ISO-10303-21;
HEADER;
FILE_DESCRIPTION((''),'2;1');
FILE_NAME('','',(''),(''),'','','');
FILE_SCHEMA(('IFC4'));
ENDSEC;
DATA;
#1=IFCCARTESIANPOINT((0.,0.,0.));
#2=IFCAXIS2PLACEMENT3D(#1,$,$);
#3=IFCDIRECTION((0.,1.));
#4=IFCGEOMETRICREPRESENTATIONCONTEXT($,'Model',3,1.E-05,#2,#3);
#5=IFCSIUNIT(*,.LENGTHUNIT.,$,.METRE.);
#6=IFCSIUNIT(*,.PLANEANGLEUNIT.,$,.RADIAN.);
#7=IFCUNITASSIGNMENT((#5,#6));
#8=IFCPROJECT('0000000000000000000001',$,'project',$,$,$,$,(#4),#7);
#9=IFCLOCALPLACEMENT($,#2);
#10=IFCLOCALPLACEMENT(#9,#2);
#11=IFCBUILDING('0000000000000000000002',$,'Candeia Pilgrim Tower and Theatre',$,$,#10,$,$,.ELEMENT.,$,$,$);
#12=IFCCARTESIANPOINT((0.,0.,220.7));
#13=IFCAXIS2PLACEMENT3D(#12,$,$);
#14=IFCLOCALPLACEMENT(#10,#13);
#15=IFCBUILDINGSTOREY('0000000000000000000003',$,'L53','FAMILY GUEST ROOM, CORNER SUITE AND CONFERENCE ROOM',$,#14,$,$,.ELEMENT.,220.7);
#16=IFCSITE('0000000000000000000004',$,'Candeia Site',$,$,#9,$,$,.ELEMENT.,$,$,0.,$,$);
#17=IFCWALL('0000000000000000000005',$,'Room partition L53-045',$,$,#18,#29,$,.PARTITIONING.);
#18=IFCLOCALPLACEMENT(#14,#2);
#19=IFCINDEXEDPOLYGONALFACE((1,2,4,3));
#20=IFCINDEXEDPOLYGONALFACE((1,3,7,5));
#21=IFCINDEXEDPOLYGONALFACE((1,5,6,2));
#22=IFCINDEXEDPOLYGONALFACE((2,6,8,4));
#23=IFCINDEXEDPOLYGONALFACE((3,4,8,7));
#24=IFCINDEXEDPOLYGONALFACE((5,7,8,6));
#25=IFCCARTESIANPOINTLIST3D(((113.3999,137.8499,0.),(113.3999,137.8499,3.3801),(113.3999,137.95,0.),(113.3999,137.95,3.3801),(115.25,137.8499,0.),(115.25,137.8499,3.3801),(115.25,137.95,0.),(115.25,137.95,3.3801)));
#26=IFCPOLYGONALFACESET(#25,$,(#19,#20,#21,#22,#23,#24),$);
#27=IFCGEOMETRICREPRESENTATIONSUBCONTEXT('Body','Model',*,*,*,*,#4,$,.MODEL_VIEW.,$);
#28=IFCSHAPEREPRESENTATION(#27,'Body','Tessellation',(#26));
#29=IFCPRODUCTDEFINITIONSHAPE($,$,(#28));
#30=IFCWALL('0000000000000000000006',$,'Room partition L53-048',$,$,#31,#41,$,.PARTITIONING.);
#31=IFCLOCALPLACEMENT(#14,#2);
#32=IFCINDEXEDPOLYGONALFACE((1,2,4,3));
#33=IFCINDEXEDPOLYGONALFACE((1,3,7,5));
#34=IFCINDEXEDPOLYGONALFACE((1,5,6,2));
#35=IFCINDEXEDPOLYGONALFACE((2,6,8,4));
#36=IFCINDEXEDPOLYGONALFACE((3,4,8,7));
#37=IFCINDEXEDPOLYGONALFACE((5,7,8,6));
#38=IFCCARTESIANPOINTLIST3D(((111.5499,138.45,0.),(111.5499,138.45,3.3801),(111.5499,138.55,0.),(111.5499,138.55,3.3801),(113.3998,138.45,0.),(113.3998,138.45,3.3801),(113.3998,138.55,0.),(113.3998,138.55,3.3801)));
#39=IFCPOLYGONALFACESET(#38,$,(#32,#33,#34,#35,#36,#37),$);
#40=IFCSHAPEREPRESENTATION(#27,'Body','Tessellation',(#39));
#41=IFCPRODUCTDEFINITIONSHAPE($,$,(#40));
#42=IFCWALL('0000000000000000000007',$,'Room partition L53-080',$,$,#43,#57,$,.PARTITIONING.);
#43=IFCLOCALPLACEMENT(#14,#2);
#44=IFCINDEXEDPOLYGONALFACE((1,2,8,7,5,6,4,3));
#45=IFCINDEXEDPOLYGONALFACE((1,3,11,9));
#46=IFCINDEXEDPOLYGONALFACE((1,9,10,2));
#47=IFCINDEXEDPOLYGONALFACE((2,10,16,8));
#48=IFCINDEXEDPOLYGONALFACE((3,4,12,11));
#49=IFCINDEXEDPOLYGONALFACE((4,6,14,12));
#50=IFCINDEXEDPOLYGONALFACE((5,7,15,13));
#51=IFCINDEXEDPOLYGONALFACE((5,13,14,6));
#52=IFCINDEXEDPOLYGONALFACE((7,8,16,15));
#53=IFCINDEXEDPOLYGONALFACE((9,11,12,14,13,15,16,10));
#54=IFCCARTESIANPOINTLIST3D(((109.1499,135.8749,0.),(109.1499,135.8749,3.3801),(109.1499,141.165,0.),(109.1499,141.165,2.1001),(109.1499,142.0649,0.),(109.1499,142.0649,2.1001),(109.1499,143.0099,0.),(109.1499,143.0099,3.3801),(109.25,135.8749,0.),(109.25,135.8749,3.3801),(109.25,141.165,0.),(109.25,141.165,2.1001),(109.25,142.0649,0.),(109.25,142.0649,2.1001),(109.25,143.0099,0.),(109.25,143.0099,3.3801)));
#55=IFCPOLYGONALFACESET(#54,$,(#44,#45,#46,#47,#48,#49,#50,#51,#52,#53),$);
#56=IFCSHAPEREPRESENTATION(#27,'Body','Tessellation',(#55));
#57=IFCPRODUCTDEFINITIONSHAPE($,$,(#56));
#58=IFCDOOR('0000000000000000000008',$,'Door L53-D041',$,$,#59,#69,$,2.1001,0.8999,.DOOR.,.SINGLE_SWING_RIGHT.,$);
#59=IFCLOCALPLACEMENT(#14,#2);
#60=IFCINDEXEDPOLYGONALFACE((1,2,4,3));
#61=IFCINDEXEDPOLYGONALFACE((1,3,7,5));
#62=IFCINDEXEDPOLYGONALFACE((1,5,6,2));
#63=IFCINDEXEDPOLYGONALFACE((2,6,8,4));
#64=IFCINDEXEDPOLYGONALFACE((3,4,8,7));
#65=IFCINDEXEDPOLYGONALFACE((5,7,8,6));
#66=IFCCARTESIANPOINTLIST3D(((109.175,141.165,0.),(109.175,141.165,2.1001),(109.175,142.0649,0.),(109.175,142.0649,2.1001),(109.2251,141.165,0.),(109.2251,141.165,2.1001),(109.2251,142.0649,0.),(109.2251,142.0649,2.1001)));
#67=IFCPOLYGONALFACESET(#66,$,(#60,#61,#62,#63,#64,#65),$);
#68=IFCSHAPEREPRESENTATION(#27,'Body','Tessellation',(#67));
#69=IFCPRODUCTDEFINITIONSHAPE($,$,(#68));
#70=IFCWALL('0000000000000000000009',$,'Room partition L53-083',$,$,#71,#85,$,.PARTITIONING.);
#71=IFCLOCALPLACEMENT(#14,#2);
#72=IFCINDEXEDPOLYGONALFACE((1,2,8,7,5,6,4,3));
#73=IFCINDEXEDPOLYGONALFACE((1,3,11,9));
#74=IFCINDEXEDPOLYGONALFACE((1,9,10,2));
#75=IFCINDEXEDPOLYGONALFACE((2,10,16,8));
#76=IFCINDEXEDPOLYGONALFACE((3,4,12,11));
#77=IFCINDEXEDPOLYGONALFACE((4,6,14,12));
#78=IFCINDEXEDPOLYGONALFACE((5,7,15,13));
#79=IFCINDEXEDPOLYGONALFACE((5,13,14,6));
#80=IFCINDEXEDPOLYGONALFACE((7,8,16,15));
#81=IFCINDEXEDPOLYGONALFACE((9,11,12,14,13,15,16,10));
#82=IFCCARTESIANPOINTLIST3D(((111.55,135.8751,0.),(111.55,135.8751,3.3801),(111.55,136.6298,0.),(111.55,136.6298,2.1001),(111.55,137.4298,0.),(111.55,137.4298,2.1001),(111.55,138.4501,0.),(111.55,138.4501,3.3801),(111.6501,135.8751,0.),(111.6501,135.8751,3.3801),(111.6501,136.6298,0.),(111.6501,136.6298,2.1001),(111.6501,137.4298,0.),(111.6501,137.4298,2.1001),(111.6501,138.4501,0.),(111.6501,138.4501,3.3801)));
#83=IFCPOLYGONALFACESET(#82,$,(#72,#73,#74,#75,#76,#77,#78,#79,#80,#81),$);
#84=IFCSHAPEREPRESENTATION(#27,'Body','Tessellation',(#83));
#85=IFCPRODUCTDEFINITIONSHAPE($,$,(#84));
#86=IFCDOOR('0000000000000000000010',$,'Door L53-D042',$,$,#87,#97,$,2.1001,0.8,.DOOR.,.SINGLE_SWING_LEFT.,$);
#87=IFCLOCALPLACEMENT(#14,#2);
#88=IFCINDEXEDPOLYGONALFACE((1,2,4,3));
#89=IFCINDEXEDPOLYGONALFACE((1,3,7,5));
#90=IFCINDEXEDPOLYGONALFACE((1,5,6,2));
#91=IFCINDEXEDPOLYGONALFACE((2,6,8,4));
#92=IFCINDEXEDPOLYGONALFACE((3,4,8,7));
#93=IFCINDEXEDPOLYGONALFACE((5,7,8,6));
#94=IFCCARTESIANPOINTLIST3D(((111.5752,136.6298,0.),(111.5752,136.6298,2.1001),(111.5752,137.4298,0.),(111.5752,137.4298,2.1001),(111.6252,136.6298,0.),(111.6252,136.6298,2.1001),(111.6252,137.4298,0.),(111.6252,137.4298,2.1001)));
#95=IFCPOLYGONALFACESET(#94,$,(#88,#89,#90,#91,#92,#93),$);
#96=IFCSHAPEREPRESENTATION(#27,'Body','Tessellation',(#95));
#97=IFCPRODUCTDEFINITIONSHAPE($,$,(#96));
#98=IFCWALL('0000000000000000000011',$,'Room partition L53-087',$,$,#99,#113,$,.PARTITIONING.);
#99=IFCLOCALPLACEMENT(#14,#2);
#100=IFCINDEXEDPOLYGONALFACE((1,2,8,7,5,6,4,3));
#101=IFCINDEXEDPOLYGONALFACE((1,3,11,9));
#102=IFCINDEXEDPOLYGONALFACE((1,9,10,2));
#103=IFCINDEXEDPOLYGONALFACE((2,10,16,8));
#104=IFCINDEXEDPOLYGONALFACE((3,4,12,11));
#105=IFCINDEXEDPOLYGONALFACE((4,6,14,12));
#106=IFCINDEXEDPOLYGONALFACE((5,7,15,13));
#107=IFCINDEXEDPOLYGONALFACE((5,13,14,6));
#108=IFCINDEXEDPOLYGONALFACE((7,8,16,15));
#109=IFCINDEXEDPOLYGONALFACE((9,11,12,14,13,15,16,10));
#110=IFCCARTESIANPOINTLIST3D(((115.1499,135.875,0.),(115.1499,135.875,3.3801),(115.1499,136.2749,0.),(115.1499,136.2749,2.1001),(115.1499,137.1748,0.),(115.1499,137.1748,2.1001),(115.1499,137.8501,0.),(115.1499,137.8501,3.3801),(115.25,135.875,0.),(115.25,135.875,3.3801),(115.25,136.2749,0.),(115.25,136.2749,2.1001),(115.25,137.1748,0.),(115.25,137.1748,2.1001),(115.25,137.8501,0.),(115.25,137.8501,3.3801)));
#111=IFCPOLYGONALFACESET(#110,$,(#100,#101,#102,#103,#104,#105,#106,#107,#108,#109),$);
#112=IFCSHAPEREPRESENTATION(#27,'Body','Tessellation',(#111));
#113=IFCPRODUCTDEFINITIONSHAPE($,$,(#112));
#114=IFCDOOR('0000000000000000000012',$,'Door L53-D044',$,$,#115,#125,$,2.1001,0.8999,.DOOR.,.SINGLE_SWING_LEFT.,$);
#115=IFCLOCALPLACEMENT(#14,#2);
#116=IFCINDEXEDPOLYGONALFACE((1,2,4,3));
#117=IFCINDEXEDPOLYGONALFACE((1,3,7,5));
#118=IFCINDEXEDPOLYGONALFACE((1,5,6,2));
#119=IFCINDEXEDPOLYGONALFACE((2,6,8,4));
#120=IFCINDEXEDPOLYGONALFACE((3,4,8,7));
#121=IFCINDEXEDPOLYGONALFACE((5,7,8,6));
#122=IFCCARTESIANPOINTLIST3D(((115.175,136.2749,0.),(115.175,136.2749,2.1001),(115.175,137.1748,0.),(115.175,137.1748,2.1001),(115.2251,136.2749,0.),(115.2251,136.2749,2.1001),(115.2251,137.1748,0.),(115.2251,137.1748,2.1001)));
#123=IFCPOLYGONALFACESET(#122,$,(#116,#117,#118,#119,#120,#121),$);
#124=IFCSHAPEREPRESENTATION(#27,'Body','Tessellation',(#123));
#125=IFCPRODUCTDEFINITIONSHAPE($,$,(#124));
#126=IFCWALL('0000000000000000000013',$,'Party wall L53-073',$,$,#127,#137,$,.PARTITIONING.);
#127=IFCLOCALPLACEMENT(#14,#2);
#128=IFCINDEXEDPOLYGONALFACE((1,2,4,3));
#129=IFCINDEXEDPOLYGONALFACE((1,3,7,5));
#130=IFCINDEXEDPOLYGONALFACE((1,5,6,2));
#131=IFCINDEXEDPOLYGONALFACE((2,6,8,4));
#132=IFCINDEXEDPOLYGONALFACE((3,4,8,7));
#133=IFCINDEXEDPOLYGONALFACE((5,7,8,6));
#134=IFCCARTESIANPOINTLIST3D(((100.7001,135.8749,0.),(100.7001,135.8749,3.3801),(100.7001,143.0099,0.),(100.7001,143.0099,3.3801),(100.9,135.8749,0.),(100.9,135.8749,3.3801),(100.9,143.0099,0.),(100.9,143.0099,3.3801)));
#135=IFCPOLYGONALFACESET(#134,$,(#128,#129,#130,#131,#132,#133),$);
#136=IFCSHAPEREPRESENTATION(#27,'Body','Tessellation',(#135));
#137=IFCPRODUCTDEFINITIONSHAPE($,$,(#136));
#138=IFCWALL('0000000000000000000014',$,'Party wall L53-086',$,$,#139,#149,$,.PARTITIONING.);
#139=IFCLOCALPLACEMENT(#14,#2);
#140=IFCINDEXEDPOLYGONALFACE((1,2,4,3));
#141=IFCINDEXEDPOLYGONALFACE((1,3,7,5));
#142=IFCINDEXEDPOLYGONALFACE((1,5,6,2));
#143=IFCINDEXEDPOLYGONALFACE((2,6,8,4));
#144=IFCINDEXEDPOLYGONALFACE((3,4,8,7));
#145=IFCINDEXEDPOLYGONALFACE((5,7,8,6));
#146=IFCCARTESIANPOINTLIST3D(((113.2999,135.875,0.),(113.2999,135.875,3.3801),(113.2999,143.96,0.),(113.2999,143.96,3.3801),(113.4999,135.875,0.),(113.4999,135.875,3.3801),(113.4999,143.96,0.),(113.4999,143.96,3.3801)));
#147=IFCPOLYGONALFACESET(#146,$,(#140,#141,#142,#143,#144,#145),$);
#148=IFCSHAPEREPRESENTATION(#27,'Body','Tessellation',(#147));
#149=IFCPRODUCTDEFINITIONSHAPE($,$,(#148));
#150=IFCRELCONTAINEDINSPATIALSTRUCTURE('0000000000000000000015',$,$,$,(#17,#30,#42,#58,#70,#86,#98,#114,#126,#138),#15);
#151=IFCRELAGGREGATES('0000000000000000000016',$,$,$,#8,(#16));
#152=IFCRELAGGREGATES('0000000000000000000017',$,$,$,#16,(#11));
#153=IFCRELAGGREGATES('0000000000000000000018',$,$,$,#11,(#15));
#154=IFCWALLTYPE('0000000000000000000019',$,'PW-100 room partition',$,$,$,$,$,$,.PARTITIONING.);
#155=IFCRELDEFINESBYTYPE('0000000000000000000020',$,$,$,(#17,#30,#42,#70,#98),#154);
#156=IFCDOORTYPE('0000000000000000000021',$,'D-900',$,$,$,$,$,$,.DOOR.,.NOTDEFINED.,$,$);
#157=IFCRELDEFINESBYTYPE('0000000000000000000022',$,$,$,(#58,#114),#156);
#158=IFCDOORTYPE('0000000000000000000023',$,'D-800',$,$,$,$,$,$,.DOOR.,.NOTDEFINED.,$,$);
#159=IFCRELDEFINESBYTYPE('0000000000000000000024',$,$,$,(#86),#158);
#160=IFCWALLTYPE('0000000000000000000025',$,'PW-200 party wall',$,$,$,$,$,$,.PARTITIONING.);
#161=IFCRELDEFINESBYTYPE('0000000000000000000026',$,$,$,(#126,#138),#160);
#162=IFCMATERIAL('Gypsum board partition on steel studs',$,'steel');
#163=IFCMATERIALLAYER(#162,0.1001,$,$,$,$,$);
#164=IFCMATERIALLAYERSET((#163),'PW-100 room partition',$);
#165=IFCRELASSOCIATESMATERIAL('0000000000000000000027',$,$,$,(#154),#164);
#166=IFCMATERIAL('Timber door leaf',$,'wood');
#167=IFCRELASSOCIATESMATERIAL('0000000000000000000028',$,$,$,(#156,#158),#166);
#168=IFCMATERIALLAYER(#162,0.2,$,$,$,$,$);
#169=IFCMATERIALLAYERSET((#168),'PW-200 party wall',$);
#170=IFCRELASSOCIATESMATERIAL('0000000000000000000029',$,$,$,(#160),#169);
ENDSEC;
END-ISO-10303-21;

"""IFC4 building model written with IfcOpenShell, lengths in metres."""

from ifc_helpers import new_model, si_unit, direction, frame, frame_2d, origin, place, context, subcontext, project, spatial, rectangle, extrude, material, layer, layer_set, type_object, element, fill, save


model = new_model("IFC4")

# Units and contexts
model_context = context("Model", 3, precision=1e-05, world=origin(), true_north=direction((0.0, 1.0)))
body_context = subcontext(model_context, "Body", "Model", "MODEL_VIEW")
ifc_project = project(units=[si_unit("LENGTHUNIT", "METRE"), si_unit("PLANEANGLEUNIT", "RADIAN")], contexts=[model_context])

# Site, building, storey
site_placement = place(None, origin())
site = spatial("IfcSite", under=ifc_project, at=site_placement, Name="Candeia Site", CompositionType="ELEMENT", RefElevation=0.0)
building_placement = place(site_placement, origin())
building = spatial("IfcBuilding", under=site, at=building_placement, Name="Candeia Pilgrim Tower and Theatre", CompositionType="ELEMENT")
storey_placement = place(building_placement, frame((0.0, 0.0, 220.7)))
storey = spatial("IfcBuildingStorey", under=building, at=storey_placement, Name="L53", Description="FAMILY GUEST ROOM, CORNER SUITE AND CONFERENCE ROOM", CompositionType="ELEMENT", Elevation=220.7)

# Walls
ifc_material_1 = material(Name="Gypsum board partition on steel studs", Category="steel")
ifc_layer_1 = layer(ifc_material_1, 0.1001)
ifc_layer_set_1 = layer_set([ifc_layer_1], Name="PW-100 room partition")
wall_type_1 = type_object("IfcWallType", Name="PW-100 room partition", PredefinedType="PARTITIONING", material=ifc_layer_set_1)
wall_1_placement = place(storey_placement, frame((113.3999, 137.8999, 0.0), z_axis=(0.0, 0.0, 1.0), x_axis=(1.0, 0.0, 0.0)))
element("IfcWall", 1, at=wall_1_placement, inside=storey, type_object=wall_type_1, Name="Room partition L53-045", PredefinedType="PARTITIONING", context=body_context, shape_type="SweptSolid", body=[
    extrude(rectangle(XDim=1.8501, YDim=0.1001, at=frame_2d((0.925, 0.0))), origin(), (0.0, 0.0, 1.0), 3.3801),
])
wall_2_placement = place(storey_placement, frame((111.55, 138.5, 0.0), z_axis=(0.0, 0.0, 1.0), x_axis=(1.0, 0.0, 0.0)))
element("IfcWall", 2, at=wall_2_placement, inside=storey, type_object=wall_type_1, Name="Room partition L53-048", PredefinedType="PARTITIONING", context=body_context, shape_type="SweptSolid", body=[
    extrude(rectangle(XDim=1.8499, YDim=0.1001, at=frame_2d((0.9248, 0.0))), origin(), (0.0, 0.0, 1.0), 3.3801),
])

# Walls, openings, doors
wall_3_placement = place(storey_placement, frame((109.2, 135.875, 0.0), z_axis=(0.0, 0.0, 1.0), x_axis=(0.0, 1.0, 0.0)))
wall_3 = element("IfcWall", 3, at=wall_3_placement, inside=storey, type_object=wall_type_1, Name="Room partition L53-080", PredefinedType="PARTITIONING", context=body_context, shape_type="SweptSolid", body=[
    extrude(rectangle(XDim=7.135, YDim=0.1001, at=frame_2d((3.5674, 0.0))), origin(), (0.0, 0.0, 1.0), 3.3801),
])
opening_1_placement = place(wall_3_placement, frame((5.29, 0.0, 0.0)))
opening_1 = element("IfcOpeningElement", 4, at=opening_1_placement, cuts=wall_3, PredefinedType="OPENING", context=body_context, shape_type="SweptSolid", body=[
    extrude(rectangle(XDim=0.8999, YDim=2.1001, at=frame_2d((0.45, 1.05))), frame((0.0, 0.0601, 0.0), z_axis=(0.0, -1.0, 0.0), x_axis=(1.0, 0.0, 0.0)), (0.0, 0.0, 1.0), 0.1201),
])
ifc_material_2 = material(Name="Timber door leaf", Category="wood")
door_type_1 = type_object("IfcDoorType", Name="D-900", OperationType="NOTDEFINED", PredefinedType="DOOR", material=ifc_material_2)
door_1_placement = place(opening_1_placement, origin())
door_1 = element("IfcDoor", 5, at=door_1_placement, inside=storey, type_object=door_type_1, Name="Door L53-D041", OperationType="SINGLE_SWING_RIGHT", OverallHeight=2.1001, OverallWidth=0.8999, PredefinedType="DOOR", context=body_context, shape_type="SweptSolid", body=[
    extrude(rectangle(XDim=0.8999, YDim=2.1001, at=frame_2d((0.45, 1.05))), frame((0.0, 0.0249, 0.0), z_axis=(0.0, -1.0, 0.0), x_axis=(1.0, 0.0, 0.0)), (0.0, 0.0, 1.0), 0.05),
])
fill(opening_1, door_1)
wall_4_placement = place(storey_placement, frame((111.6001, 135.875, 0.0), z_axis=(0.0, 0.0, 1.0), x_axis=(0.0, 1.0, 0.0)))
wall_4 = element("IfcWall", 6, at=wall_4_placement, inside=storey, type_object=wall_type_1, Name="Room partition L53-083", PredefinedType="PARTITIONING", context=body_context, shape_type="SweptSolid", body=[
    extrude(rectangle(XDim=2.575, YDim=0.1001, at=frame_2d((1.2876, 0.0))), origin(), (0.0, 0.0, 1.0), 3.3801),
])
opening_2_placement = place(wall_4_placement, frame((0.7549, 0.0, 0.0)))
opening_2 = element("IfcOpeningElement", 7, at=opening_2_placement, cuts=wall_4, PredefinedType="OPENING", context=body_context, shape_type="SweptSolid", body=[
    extrude(rectangle(XDim=0.8, YDim=2.1001, at=frame_2d((0.3999, 1.05))), frame((0.0, 0.0601, 0.0), z_axis=(0.0, -1.0, 0.0), x_axis=(1.0, 0.0, 0.0)), (0.0, 0.0, 1.0), 0.1201),
])
door_type_2 = type_object("IfcDoorType", Name="D-800", OperationType="NOTDEFINED", PredefinedType="DOOR", material=ifc_material_2)
door_2_placement = place(opening_2_placement, origin())
door_2 = element("IfcDoor", 8, at=door_2_placement, inside=storey, type_object=door_type_2, Name="Door L53-D042", OperationType="SINGLE_SWING_LEFT", OverallHeight=2.1001, OverallWidth=0.8, PredefinedType="DOOR", context=body_context, shape_type="SweptSolid", body=[
    extrude(rectangle(XDim=0.8, YDim=2.1001, at=frame_2d((0.3999, 1.05))), frame((0.0, 0.0249, 0.0), z_axis=(0.0, -1.0, 0.0), x_axis=(1.0, 0.0, 0.0)), (0.0, 0.0, 1.0), 0.05),
])
fill(opening_2, door_2)
wall_5_placement = place(storey_placement, frame((115.2, 135.875, 0.0), z_axis=(0.0, 0.0, 1.0), x_axis=(0.0, 1.0, 0.0)))
wall_5 = element("IfcWall", 9, at=wall_5_placement, inside=storey, type_object=wall_type_1, Name="Room partition L53-087", PredefinedType="PARTITIONING", context=body_context, shape_type="SweptSolid", body=[
    extrude(rectangle(XDim=1.9751, YDim=0.1001, at=frame_2d((0.9875, 0.0))), origin(), (0.0, 0.0, 1.0), 3.3801),
])
opening_3_placement = place(wall_5_placement, frame((0.3999, 0.0, 0.0)))
opening_3 = element("IfcOpeningElement", 10, at=opening_3_placement, cuts=wall_5, PredefinedType="OPENING", context=body_context, shape_type="SweptSolid", body=[
    extrude(rectangle(XDim=0.8999, YDim=2.1001, at=frame_2d((0.45, 1.05))), frame((0.0, 0.0601, 0.0), z_axis=(0.0, -1.0, 0.0), x_axis=(1.0, 0.0, 0.0)), (0.0, 0.0, 1.0), 0.1201),
])
door_3_placement = place(opening_3_placement, origin())
door_3 = element("IfcDoor", 11, at=door_3_placement, inside=storey, type_object=door_type_1, Name="Door L53-D044", OperationType="SINGLE_SWING_LEFT", OverallHeight=2.1001, OverallWidth=0.8999, PredefinedType="DOOR", context=body_context, shape_type="SweptSolid", body=[
    extrude(rectangle(XDim=0.8999, YDim=2.1001, at=frame_2d((0.45, 1.05))), frame((0.0, 0.0249, 0.0), z_axis=(0.0, -1.0, 0.0), x_axis=(1.0, 0.0, 0.0)), (0.0, 0.0, 1.0), 0.05),
])
fill(opening_3, door_3)

# Walls
ifc_layer_2 = layer(ifc_material_1, 0.2)
ifc_layer_set_2 = layer_set([ifc_layer_2], Name="PW-200 party wall")
wall_type_2 = type_object("IfcWallType", Name="PW-200 party wall", PredefinedType="PARTITIONING", material=ifc_layer_set_2)
wall_6_placement = place(storey_placement, frame((100.8, 135.875, 0.0), z_axis=(0.0, 0.0, 1.0), x_axis=(0.0, 1.0, 0.0)))
element("IfcWall", 12, at=wall_6_placement, inside=storey, type_object=wall_type_2, Name="Party wall L53-073", PredefinedType="PARTITIONING", context=body_context, shape_type="SweptSolid", body=[
    extrude(rectangle(XDim=7.135, YDim=0.2, at=frame_2d((3.5674, 0.0))), origin(), (0.0, 0.0, 1.0), 3.3801),
])
wall_7_placement = place(storey_placement, frame((113.3999, 135.875, 0.0), z_axis=(0.0, 0.0, 1.0), x_axis=(0.0, 1.0, 0.0)))
element("IfcWall", 13, at=wall_7_placement, inside=storey, type_object=wall_type_2, Name="Party wall L53-086", PredefinedType="PARTITIONING", context=body_context, shape_type="SweptSolid", body=[
    extrude(rectangle(XDim=8.085, YDim=0.2, at=frame_2d((4.0425, 0.0))), origin(), (0.0, 0.0, 1.0), 3.3801),
])

save(model, "model.ifc")
